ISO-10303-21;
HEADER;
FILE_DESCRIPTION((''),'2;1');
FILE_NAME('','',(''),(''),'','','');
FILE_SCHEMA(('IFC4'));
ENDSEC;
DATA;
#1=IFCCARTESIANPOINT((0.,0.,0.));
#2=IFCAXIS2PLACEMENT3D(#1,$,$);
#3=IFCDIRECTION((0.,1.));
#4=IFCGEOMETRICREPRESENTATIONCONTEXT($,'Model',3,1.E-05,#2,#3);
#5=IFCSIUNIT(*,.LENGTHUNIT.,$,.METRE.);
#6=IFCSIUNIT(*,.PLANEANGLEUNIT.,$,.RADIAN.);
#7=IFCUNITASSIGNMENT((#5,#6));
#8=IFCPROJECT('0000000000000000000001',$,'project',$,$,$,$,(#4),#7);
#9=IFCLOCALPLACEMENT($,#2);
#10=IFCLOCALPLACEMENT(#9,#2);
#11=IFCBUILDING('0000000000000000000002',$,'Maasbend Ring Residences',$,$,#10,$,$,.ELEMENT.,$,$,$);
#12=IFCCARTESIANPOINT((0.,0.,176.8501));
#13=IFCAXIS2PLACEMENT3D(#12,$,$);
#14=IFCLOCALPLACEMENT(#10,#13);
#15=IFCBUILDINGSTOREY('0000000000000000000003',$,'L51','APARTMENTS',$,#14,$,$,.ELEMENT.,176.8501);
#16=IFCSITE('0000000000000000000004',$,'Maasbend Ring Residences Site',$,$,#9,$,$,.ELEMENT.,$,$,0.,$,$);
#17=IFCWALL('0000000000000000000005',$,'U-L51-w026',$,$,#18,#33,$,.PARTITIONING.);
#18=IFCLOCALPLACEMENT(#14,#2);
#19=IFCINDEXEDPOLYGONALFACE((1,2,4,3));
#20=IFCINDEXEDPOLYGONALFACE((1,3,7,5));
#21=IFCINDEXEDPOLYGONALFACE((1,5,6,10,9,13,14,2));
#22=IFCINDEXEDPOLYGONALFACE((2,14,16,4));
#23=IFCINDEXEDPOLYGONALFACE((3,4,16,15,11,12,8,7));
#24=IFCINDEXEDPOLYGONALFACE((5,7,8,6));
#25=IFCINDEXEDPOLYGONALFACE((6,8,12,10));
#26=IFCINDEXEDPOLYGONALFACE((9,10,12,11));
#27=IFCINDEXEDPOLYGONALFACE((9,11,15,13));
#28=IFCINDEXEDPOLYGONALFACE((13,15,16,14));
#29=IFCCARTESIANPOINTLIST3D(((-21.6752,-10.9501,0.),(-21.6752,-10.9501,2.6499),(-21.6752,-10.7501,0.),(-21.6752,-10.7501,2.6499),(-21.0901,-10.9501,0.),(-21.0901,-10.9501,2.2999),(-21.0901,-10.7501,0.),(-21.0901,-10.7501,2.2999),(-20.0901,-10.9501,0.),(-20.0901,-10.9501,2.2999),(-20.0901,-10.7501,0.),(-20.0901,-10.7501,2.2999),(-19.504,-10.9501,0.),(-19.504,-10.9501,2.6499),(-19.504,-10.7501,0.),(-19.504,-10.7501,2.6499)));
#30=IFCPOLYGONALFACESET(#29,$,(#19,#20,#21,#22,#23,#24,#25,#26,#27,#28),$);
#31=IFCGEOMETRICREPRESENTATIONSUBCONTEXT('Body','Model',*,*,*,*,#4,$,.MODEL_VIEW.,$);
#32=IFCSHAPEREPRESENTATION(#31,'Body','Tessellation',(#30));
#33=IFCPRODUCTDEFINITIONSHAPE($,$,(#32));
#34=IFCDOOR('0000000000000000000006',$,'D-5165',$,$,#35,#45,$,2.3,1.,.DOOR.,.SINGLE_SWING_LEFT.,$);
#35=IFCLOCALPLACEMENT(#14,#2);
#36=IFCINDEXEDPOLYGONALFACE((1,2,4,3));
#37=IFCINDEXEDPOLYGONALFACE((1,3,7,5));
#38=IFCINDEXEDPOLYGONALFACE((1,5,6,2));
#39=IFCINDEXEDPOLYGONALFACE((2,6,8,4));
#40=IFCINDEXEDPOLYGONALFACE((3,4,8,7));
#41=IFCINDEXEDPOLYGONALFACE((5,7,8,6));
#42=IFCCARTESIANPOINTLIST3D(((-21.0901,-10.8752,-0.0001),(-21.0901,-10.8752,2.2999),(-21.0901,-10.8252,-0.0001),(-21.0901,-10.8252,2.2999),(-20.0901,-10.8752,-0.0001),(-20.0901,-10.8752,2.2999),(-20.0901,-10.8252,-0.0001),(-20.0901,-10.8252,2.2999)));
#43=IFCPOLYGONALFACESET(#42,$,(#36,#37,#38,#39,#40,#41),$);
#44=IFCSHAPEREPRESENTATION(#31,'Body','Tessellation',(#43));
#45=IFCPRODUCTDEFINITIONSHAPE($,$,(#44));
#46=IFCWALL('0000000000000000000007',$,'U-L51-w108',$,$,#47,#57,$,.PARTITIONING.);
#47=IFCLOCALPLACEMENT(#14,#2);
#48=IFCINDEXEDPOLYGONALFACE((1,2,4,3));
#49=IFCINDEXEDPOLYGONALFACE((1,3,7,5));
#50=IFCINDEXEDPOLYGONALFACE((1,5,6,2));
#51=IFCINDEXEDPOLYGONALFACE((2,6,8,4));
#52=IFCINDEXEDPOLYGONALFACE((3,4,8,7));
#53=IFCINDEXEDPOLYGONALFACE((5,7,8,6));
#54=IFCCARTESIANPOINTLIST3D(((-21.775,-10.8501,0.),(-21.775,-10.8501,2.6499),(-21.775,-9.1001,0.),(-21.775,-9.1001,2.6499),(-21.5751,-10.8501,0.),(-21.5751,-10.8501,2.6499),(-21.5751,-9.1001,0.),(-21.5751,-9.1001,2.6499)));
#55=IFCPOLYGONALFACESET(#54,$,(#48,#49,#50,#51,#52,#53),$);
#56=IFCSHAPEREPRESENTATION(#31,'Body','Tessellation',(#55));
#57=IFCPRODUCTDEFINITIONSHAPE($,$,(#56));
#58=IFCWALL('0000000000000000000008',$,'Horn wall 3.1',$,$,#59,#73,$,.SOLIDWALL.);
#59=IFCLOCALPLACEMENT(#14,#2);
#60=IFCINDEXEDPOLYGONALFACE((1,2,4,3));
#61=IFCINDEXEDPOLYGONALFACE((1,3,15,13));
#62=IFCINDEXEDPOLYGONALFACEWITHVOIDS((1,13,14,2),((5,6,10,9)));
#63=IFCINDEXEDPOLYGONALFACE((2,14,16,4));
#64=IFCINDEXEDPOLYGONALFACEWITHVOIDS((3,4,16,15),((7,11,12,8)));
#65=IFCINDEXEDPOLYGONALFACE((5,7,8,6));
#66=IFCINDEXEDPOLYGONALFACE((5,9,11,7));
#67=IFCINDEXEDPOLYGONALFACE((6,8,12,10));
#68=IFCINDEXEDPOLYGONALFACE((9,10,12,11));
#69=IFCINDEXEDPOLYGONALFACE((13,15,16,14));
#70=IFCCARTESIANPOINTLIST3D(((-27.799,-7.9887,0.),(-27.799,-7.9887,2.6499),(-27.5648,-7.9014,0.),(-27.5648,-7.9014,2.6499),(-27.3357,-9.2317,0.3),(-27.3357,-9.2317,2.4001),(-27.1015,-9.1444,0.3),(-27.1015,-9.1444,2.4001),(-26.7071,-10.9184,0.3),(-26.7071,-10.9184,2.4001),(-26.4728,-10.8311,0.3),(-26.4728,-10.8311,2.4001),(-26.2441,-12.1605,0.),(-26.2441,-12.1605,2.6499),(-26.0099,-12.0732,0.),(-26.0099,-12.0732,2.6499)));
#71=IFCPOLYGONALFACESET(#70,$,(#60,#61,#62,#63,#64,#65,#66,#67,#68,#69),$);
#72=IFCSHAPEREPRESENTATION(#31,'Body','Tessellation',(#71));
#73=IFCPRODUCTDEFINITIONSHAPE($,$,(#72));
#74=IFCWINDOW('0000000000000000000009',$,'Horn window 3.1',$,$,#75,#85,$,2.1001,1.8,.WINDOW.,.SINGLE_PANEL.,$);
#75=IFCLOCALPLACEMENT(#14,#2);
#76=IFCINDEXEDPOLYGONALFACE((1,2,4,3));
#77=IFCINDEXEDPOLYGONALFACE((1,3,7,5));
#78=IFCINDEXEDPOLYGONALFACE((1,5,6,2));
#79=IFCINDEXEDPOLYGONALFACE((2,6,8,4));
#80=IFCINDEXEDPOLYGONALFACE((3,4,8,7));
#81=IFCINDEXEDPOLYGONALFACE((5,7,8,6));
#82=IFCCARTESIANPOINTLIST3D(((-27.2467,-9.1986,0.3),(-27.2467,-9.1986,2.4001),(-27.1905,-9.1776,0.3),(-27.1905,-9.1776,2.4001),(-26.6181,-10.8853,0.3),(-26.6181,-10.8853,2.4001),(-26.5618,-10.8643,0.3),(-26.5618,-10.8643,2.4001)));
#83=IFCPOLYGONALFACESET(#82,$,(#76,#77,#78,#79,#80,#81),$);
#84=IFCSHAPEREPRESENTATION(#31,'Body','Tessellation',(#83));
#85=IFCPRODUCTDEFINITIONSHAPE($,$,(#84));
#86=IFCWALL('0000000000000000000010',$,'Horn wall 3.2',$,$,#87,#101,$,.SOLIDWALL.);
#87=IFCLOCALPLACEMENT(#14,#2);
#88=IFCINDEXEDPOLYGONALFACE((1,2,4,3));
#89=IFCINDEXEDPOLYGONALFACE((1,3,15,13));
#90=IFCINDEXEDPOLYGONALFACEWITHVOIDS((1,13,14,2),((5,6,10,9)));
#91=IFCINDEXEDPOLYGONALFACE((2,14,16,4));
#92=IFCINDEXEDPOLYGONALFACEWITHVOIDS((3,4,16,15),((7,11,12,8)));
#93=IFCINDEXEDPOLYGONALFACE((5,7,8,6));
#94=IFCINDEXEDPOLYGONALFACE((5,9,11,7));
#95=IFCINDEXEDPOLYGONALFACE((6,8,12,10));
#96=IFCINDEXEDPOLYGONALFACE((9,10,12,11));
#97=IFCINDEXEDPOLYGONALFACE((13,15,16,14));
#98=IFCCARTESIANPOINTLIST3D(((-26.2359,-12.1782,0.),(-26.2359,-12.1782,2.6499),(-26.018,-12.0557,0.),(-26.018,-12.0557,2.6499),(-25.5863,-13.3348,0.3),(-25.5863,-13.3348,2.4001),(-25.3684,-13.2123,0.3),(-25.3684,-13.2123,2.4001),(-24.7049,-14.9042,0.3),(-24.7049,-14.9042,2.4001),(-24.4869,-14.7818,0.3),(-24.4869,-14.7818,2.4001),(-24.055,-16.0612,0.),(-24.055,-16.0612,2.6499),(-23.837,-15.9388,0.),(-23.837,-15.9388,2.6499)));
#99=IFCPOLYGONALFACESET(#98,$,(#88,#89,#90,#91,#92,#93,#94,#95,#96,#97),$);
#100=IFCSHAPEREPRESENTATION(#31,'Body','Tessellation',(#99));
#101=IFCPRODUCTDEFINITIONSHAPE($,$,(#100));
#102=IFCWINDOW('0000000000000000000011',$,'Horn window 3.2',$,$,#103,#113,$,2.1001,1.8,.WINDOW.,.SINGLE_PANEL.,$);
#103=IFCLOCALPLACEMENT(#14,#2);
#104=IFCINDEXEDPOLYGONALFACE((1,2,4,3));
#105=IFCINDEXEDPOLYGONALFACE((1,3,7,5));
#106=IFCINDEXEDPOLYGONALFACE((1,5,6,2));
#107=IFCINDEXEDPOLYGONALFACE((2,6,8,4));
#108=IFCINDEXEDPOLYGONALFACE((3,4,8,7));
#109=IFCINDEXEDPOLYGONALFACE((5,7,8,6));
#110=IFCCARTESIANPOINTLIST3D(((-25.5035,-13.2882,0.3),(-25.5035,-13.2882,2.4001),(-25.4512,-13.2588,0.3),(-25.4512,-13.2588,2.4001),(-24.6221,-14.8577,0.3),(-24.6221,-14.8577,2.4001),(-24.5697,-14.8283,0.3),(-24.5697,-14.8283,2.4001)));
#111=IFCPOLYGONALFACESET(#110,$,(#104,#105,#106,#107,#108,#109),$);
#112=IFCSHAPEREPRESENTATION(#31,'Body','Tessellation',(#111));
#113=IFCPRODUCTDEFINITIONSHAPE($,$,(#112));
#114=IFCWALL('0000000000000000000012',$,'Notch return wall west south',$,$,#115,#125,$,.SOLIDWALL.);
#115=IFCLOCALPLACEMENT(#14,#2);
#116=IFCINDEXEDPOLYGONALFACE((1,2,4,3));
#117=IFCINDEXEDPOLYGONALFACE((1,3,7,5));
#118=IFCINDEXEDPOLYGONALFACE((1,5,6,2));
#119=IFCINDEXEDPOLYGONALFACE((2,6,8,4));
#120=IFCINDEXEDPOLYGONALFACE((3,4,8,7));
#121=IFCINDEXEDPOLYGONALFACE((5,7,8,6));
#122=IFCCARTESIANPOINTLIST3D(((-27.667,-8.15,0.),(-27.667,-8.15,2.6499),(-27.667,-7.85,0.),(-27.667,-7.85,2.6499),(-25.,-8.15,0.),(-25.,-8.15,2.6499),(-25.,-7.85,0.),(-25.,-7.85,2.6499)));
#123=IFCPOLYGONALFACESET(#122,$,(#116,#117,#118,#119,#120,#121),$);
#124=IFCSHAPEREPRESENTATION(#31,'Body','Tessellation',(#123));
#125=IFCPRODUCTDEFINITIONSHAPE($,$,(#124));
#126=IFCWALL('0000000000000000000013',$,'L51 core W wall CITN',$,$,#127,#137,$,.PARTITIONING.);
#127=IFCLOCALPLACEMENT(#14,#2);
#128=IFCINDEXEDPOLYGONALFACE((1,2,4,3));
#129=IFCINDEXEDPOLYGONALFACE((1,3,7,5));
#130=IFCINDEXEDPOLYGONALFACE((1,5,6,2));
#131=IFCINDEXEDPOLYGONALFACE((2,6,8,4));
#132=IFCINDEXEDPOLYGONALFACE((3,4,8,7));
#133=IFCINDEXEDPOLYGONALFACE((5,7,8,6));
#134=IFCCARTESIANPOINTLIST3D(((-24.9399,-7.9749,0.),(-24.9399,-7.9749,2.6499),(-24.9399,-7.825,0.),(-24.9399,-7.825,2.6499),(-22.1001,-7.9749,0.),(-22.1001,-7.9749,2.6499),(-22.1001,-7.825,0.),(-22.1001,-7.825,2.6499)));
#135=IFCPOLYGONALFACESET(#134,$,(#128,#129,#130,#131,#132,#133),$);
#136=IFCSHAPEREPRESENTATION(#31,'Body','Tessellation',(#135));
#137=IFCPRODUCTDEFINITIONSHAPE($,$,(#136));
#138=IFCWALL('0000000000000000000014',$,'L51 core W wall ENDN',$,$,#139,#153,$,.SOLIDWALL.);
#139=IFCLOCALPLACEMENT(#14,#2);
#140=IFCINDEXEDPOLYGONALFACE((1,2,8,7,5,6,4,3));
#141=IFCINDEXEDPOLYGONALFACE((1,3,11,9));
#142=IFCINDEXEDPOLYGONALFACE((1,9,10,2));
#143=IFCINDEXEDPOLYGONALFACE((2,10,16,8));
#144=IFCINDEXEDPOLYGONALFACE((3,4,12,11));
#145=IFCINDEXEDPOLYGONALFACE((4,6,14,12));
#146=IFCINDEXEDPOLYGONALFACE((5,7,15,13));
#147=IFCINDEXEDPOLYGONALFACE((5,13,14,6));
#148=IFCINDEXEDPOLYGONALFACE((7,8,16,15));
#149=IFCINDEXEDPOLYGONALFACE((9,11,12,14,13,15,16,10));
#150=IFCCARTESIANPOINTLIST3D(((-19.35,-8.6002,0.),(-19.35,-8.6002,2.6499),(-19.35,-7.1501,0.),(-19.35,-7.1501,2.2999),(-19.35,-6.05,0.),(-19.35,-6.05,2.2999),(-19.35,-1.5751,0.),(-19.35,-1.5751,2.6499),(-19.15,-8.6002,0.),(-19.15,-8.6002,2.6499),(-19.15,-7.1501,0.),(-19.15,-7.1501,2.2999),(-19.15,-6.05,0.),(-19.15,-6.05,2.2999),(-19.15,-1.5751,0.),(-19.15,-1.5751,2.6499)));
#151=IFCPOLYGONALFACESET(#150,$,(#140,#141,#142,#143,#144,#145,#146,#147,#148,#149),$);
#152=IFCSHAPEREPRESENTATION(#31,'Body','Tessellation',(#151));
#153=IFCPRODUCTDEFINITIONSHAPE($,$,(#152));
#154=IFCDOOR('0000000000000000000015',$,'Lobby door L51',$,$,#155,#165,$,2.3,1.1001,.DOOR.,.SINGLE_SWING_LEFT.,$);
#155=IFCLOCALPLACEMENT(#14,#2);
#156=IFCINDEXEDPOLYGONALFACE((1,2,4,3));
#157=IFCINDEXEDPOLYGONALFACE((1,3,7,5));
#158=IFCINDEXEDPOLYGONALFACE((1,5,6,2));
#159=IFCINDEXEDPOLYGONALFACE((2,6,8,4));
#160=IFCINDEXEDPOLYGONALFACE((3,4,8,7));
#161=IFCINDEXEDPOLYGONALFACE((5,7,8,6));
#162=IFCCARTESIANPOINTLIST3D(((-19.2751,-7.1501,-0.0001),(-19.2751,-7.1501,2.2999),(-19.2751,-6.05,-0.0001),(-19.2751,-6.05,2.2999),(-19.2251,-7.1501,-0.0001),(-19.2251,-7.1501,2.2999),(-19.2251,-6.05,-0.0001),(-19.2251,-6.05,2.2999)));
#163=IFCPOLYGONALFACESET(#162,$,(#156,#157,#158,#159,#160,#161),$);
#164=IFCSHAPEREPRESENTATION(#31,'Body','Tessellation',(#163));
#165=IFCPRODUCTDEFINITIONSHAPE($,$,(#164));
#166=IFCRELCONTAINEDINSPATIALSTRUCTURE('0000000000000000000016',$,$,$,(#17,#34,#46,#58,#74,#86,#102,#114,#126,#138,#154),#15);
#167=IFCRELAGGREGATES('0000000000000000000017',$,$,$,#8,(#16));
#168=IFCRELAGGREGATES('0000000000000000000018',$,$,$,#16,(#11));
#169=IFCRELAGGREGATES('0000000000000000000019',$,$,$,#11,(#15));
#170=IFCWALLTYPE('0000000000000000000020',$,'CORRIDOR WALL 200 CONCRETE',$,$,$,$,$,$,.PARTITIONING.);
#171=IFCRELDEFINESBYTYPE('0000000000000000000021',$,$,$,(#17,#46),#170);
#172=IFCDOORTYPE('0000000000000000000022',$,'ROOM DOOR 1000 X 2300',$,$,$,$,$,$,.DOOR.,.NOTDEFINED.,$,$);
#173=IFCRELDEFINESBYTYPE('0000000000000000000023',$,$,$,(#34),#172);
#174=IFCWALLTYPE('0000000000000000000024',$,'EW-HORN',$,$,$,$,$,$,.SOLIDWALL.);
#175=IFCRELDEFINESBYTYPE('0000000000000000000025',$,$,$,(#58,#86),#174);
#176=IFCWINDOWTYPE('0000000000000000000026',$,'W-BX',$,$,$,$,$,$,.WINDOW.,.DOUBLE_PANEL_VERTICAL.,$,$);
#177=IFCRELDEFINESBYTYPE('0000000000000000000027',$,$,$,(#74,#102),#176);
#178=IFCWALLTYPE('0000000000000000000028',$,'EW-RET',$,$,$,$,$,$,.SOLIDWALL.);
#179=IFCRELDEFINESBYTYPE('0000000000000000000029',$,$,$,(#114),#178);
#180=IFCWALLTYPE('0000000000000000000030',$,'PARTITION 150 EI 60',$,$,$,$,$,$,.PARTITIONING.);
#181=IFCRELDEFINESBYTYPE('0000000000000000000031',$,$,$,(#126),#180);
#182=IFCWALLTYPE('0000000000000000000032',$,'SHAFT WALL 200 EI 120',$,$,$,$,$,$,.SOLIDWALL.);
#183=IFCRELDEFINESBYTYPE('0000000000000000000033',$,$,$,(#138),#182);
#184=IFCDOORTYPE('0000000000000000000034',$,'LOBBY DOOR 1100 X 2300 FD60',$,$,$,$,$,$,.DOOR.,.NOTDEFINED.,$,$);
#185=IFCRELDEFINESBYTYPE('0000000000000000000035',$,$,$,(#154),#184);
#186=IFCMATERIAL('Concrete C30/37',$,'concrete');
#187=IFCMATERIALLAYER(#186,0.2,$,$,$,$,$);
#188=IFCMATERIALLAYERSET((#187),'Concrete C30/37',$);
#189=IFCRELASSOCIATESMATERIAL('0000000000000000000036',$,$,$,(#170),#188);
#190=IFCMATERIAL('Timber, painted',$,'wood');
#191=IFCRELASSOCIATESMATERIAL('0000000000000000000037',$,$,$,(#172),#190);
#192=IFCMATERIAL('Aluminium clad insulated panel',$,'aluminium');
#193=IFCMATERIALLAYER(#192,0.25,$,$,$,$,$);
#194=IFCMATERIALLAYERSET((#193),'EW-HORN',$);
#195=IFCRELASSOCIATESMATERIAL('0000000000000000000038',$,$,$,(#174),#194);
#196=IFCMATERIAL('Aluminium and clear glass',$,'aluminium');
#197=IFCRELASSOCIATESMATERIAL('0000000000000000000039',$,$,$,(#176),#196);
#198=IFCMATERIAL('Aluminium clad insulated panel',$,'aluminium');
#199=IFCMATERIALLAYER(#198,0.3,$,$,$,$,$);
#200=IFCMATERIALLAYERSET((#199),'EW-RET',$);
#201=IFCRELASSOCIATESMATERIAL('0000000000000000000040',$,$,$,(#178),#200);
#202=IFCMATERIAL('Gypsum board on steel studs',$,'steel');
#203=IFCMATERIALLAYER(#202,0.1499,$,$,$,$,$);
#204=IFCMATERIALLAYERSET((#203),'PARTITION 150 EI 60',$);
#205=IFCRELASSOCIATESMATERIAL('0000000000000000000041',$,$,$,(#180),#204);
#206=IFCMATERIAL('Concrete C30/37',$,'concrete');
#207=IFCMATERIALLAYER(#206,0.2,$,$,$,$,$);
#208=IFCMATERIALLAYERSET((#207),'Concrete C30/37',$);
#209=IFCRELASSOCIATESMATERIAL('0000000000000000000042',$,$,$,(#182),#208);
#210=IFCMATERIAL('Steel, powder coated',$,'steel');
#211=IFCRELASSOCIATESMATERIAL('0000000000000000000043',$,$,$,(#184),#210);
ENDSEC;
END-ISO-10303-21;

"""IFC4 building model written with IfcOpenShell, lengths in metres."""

from ifc_helpers import new_model, si_unit, direction, frame, frame_2d, origin, place, context, subcontext, project, spatial, rectangle, extrude, material, layer, layer_set, type_object, element, fill, save


model = new_model("IFC4")

# Units and contexts
model_context = context("Model", 3, precision=1e-05, world=origin(), true_north=direction((0.0, 1.0)))
body_context = subcontext(model_context, "Body", "Model", "MODEL_VIEW")
ifc_project = project(units=[si_unit("LENGTHUNIT", "METRE"), si_unit("PLANEANGLEUNIT", "RADIAN")], contexts=[model_context])

# Site, building, storey
site_placement = place(None, origin())
site = spatial("IfcSite", under=ifc_project, at=site_placement, Name="Maasbend Ring Residences Site", CompositionType="ELEMENT", RefElevation=0.0)
building_placement = place(site_placement, origin())
building = spatial("IfcBuilding", under=site, at=building_placement, Name="Maasbend Ring Residences", CompositionType="ELEMENT")
storey_placement = place(building_placement, frame((0.0, 0.0, 176.8501)))
storey = spatial("IfcBuildingStorey", under=building, at=storey_placement, Name="L51", Description="APARTMENTS", CompositionType="ELEMENT", Elevation=176.8501)

# Shared definitions
ifc_material_1 = material(Name="Concrete C30/37", Category="concrete")
ifc_layer_1 = layer(ifc_material_1, 0.2)
ifc_layer_set_1 = layer_set([ifc_layer_1], Name="Concrete C30/37")
wall_type_1 = type_object("IfcWallType", Name="CORRIDOR WALL 200 CONCRETE", PredefinedType="PARTITIONING", material=ifc_layer_set_1)

# Wall, opening, door
wall_1_placement = place(storey_placement, frame((-21.675, -10.8501, 0.0), z_axis=(0.0, 0.0, 1.0), x_axis=(1.0, 0.0, 0.0)))
wall_1 = element("IfcWall", 1, at=wall_1_placement, inside=storey, type_object=wall_type_1, Name="U-L51-w026", PredefinedType="PARTITIONING", context=body_context, shape_type="SweptSolid", body=[
    extrude(rectangle(XDim=2.1711, YDim=0.2, at=frame_2d((1.0854, 0.0))), origin(), (0.0, 0.0, 1.0), 2.6499),
])
opening_1_placement = place(wall_1_placement, frame((0.585, 0.0, 0.0)))
opening_1 = element("IfcOpeningElement", 2, at=opening_1_placement, cuts=wall_1, PredefinedType="OPENING", context=body_context, shape_type="SweptSolid", body=[
    extrude(rectangle(XDim=1.0, YDim=2.3, at=frame_2d((0.5, 1.1499))), frame((0.0, 0.1099, 0.0), z_axis=(0.0, -1.0, 0.0), x_axis=(1.0, 0.0, 0.0)), (0.0, 0.0, 1.0), 0.22),
])
ifc_material_2 = material(Name="Timber, painted", Category="wood")
door_type_1 = type_object("IfcDoorType", Name="ROOM DOOR 1000 X 2300", OperationType="NOTDEFINED", PredefinedType="DOOR", material=ifc_material_2)
door_1_placement = place(opening_1_placement, origin())
door_1 = element("IfcDoor", 3, at=door_1_placement, inside=storey, type_object=door_type_1, Name="D-5165", OperationType="SINGLE_SWING_LEFT", OverallHeight=2.3, OverallWidth=1.0, PredefinedType="DOOR", context=body_context, shape_type="SweptSolid", body=[
    extrude(rectangle(XDim=1.0, YDim=2.3, at=frame_2d((0.5, 1.1499))), frame((0.0, 0.0249, 0.0), z_axis=(0.0, -1.0, 0.0), x_axis=(1.0, 0.0, 0.0)), (0.0, 0.0, 1.0), 0.05),
])
fill(opening_1, door_1)

# Wall
wall_2_placement = place(storey_placement, frame((-21.675, -10.8501, 0.0), z_axis=(0.0, 0.0, 1.0), x_axis=(0.0, 1.0, 0.0)))
element("IfcWall", 4, at=wall_2_placement, inside=storey, type_object=wall_type_1, Name="U-L51-w108", PredefinedType="PARTITIONING", context=body_context, shape_type="SweptSolid", body=[
    extrude(rectangle(XDim=1.75, YDim=0.2, at=frame_2d((0.875, 0.0))), origin(), (0.0, 0.0, 1.0), 2.6499),
])

# Walls, openings, windows
ifc_material_3 = material(Name="Aluminium clad insulated panel", Category="aluminium")
ifc_layer_2 = layer(ifc_material_3, 0.25)
ifc_layer_set_2 = layer_set([ifc_layer_2], Name="EW-HORN")
wall_type_2 = type_object("IfcWallType", Name="EW-HORN", PredefinedType="SOLIDWALL", material=ifc_layer_set_2)
wall_3_placement = place(storey_placement, frame((-27.6819, -7.9451, 0.0), z_axis=(0.0, 0.0, 1.0), x_axis=(0.349248, -0.93703, 0.0)))
wall_3 = element("IfcWall", 5, at=wall_3_placement, inside=storey, type_object=wall_type_2, Name="Horn wall 3.1", PredefinedType="SOLIDWALL", context=body_context, shape_type="SweptSolid", body=[
    extrude(rectangle(XDim=4.4521, YDim=0.25, at=frame_2d((2.2261, 0.0))), origin(), (0.0, 0.0, 1.0), 2.6499),
])
opening_2_placement = place(wall_3_placement, frame((1.3267, 0.0, 0.3)))
opening_2 = element("IfcOpeningElement", 6, at=opening_2_placement, cuts=wall_3, PredefinedType="OPENING", context=body_context, shape_type="SweptSolid", body=[
    extrude(rectangle(XDim=1.8, YDim=2.1001, at=frame_2d((0.8999, 1.05))), frame((0.0, 0.135, 0.0), z_axis=(0.0, -1.0, 0.0), x_axis=(1.0, 0.0, 0.0)), (0.0, 0.0, 1.0), 0.27),
])
ifc_material_4 = material(Name="Aluminium and clear glass", Category="aluminium")
window_type = type_object("IfcWindowType", Name="W-BX", PartitioningType="DOUBLE_PANEL_VERTICAL", PredefinedType="WINDOW", material=ifc_material_4)
window_1_placement = place(opening_2_placement, origin())
window_1 = element("IfcWindow", 7, at=window_1_placement, inside=storey, type_object=window_type, Name="Horn window 3.1", OverallHeight=2.1001, OverallWidth=1.8, PartitioningType="SINGLE_PANEL", PredefinedType="WINDOW", context=body_context, shape_type="SweptSolid", body=[
    extrude(rectangle(XDim=1.8, YDim=2.1001, at=frame_2d((0.8999, 1.05))), frame((0.0, 0.03, 0.0), z_axis=(0.0, -1.0, 0.0), x_axis=(1.0, 0.0, 0.0)), (0.0, 0.0, 1.0), 0.0601),
])
fill(opening_2, window_1)
wall_4_placement = place(storey_placement, frame((-26.127, -12.1169, 0.0), z_axis=(0.0, 0.0, 1.0), x_axis=(0.489696, -0.871893, 0.0)))
wall_4 = element("IfcWall", 8, at=wall_4_placement, inside=storey, type_object=wall_type_2, Name="Horn wall 3.2", PredefinedType="SOLIDWALL", context=body_context, shape_type="SweptSolid", body=[
    extrude(rectangle(XDim=4.4536, YDim=0.25, at=frame_2d((2.2268, 0.0))), origin(), (0.0, 0.0, 1.0), 2.6499),
])
opening_3_placement = place(wall_4_placement, frame((1.3267, 0.0, 0.3)))
opening_3 = element("IfcOpeningElement", 9, at=opening_3_placement, cuts=wall_4, PredefinedType="OPENING", context=body_context, shape_type="SweptSolid", body=[
    extrude(rectangle(XDim=1.8, YDim=2.1001, at=frame_2d((0.8999, 1.05))), frame((0.0, 0.135, 0.0), z_axis=(0.0, -1.0, 0.0), x_axis=(1.0, 0.0, 0.0)), (0.0, 0.0, 1.0), 0.27),
])
window_2_placement = place(opening_3_placement, origin())
window_2 = element("IfcWindow", 10, at=window_2_placement, inside=storey, type_object=window_type, Name="Horn window 3.2", OverallHeight=2.1001, OverallWidth=1.8, PartitioningType="SINGLE_PANEL", PredefinedType="WINDOW", context=body_context, shape_type="SweptSolid", body=[
    extrude(rectangle(XDim=1.8, YDim=2.1001, at=frame_2d((0.8999, 1.05))), frame((0.0, 0.03, 0.0), z_axis=(0.0, -1.0, 0.0), x_axis=(1.0, 0.0, 0.0)), (0.0, 0.0, 1.0), 0.0601),
])
fill(opening_3, window_2)

# Walls
ifc_material_5 = material(Name="Aluminium clad insulated panel", Category="aluminium")
ifc_layer_3 = layer(ifc_material_5, 0.3)
ifc_layer_set_3 = layer_set([ifc_layer_3], Name="EW-RET")
wall_type_3 = type_object("IfcWallType", Name="EW-RET", PredefinedType="SOLIDWALL", material=ifc_layer_set_3)
wall_5_placement = place(storey_placement, frame((-25.0, -8.0, 0.0), z_axis=(0.0, 0.0, 1.0), x_axis=(-1.0, 0.0, 0.0)))
element("IfcWall", 11, at=wall_5_placement, inside=storey, type_object=wall_type_3, Name="Notch return wall west south", PredefinedType="SOLIDWALL", context=body_context, shape_type="SweptSolid", body=[
    extrude(rectangle(XDim=2.667, YDim=0.3, at=frame_2d((1.3335, 0.0))), origin(), (0.0, 0.0, 1.0), 2.6499),
])
ifc_material_6 = material(Name="Gypsum board on steel studs", Category="steel")
ifc_layer_4 = layer(ifc_material_6, 0.1499)
ifc_layer_set_4 = layer_set([ifc_layer_4], Name="PARTITION 150 EI 60")
wall_type_4 = type_object("IfcWallType", Name="PARTITION 150 EI 60", PredefinedType="PARTITIONING", material=ifc_layer_set_4)
wall_6_placement = place(storey_placement, frame((-22.1001, -7.8999, 0.0), z_axis=(0.0, 0.0, 1.0), x_axis=(-1.0, 0.0, 0.0)))
element("IfcWall", 12, at=wall_6_placement, inside=storey, type_object=wall_type_4, Name="L51 core W wall CITN", PredefinedType="PARTITIONING", context=body_context, shape_type="SweptSolid", body=[
    extrude(rectangle(XDim=2.8398, YDim=0.1499, at=frame_2d((1.4199, 0.0))), origin(), (0.0, 0.0, 1.0), 2.6499),
])

# Wall, opening, door
ifc_material_7 = material(Name="Concrete C30/37", Category="concrete")
ifc_layer_5 = layer(ifc_material_7, 0.2)
ifc_layer_set_5 = layer_set([ifc_layer_5], Name="Concrete C30/37")
wall_type_5 = type_object("IfcWallType", Name="SHAFT WALL 200 EI 120", PredefinedType="SOLIDWALL", material=ifc_layer_set_5)
wall_7_placement = place(storey_placement, frame((-19.25, -1.575, 0.0), z_axis=(0.0, 0.0, 1.0), x_axis=(0.0, -1.0, 0.0)))
wall_7 = element("IfcWall", 13, at=wall_7_placement, inside=storey, type_object=wall_type_5, Name="L51 core W wall ENDN", PredefinedType="SOLIDWALL", context=body_context, shape_type="SweptSolid", body=[
    extrude(rectangle(XDim=7.0251, YDim=0.2, at=frame_2d((3.5127, 0.0))), origin(), (0.0, 0.0, 1.0), 2.6499),
])
opening_4_placement = place(wall_7_placement, frame((4.4751, 0.0, 0.0)))
opening_4 = element("IfcOpeningElement", 14, at=opening_4_placement, cuts=wall_7, PredefinedType="OPENING", context=body_context, shape_type="SweptSolid", body=[
    extrude(rectangle(XDim=1.1001, YDim=2.3, at=frame_2d((0.55, 1.1499))), frame((0.0, 0.1099, 0.0), z_axis=(0.0, -1.0, 0.0), x_axis=(1.0, 0.0, 0.0)), (0.0, 0.0, 1.0), 0.22),
])
ifc_material_8 = material(Name="Steel, powder coated", Category="steel")
door_type_2 = type_object("IfcDoorType", Name="LOBBY DOOR 1100 X 2300 FD60", OperationType="NOTDEFINED", PredefinedType="DOOR", material=ifc_material_8)
door_2_placement = place(opening_4_placement, origin())
door_2 = element("IfcDoor", 15, at=door_2_placement, inside=storey, type_object=door_type_2, Name="Lobby door L51", OperationType="SINGLE_SWING_LEFT", OverallHeight=2.3, OverallWidth=1.1001, PredefinedType="DOOR", context=body_context, shape_type="SweptSolid", body=[
    extrude(rectangle(XDim=1.1001, YDim=2.3, at=frame_2d((0.55, 1.1499))), frame((0.0, 0.0249, 0.0), z_axis=(0.0, -1.0, 0.0), x_axis=(1.0, 0.0, 0.0)), (0.0, 0.0, 1.0), 0.05),
])
fill(opening_4, door_2)

save(model, "model.ifc")
